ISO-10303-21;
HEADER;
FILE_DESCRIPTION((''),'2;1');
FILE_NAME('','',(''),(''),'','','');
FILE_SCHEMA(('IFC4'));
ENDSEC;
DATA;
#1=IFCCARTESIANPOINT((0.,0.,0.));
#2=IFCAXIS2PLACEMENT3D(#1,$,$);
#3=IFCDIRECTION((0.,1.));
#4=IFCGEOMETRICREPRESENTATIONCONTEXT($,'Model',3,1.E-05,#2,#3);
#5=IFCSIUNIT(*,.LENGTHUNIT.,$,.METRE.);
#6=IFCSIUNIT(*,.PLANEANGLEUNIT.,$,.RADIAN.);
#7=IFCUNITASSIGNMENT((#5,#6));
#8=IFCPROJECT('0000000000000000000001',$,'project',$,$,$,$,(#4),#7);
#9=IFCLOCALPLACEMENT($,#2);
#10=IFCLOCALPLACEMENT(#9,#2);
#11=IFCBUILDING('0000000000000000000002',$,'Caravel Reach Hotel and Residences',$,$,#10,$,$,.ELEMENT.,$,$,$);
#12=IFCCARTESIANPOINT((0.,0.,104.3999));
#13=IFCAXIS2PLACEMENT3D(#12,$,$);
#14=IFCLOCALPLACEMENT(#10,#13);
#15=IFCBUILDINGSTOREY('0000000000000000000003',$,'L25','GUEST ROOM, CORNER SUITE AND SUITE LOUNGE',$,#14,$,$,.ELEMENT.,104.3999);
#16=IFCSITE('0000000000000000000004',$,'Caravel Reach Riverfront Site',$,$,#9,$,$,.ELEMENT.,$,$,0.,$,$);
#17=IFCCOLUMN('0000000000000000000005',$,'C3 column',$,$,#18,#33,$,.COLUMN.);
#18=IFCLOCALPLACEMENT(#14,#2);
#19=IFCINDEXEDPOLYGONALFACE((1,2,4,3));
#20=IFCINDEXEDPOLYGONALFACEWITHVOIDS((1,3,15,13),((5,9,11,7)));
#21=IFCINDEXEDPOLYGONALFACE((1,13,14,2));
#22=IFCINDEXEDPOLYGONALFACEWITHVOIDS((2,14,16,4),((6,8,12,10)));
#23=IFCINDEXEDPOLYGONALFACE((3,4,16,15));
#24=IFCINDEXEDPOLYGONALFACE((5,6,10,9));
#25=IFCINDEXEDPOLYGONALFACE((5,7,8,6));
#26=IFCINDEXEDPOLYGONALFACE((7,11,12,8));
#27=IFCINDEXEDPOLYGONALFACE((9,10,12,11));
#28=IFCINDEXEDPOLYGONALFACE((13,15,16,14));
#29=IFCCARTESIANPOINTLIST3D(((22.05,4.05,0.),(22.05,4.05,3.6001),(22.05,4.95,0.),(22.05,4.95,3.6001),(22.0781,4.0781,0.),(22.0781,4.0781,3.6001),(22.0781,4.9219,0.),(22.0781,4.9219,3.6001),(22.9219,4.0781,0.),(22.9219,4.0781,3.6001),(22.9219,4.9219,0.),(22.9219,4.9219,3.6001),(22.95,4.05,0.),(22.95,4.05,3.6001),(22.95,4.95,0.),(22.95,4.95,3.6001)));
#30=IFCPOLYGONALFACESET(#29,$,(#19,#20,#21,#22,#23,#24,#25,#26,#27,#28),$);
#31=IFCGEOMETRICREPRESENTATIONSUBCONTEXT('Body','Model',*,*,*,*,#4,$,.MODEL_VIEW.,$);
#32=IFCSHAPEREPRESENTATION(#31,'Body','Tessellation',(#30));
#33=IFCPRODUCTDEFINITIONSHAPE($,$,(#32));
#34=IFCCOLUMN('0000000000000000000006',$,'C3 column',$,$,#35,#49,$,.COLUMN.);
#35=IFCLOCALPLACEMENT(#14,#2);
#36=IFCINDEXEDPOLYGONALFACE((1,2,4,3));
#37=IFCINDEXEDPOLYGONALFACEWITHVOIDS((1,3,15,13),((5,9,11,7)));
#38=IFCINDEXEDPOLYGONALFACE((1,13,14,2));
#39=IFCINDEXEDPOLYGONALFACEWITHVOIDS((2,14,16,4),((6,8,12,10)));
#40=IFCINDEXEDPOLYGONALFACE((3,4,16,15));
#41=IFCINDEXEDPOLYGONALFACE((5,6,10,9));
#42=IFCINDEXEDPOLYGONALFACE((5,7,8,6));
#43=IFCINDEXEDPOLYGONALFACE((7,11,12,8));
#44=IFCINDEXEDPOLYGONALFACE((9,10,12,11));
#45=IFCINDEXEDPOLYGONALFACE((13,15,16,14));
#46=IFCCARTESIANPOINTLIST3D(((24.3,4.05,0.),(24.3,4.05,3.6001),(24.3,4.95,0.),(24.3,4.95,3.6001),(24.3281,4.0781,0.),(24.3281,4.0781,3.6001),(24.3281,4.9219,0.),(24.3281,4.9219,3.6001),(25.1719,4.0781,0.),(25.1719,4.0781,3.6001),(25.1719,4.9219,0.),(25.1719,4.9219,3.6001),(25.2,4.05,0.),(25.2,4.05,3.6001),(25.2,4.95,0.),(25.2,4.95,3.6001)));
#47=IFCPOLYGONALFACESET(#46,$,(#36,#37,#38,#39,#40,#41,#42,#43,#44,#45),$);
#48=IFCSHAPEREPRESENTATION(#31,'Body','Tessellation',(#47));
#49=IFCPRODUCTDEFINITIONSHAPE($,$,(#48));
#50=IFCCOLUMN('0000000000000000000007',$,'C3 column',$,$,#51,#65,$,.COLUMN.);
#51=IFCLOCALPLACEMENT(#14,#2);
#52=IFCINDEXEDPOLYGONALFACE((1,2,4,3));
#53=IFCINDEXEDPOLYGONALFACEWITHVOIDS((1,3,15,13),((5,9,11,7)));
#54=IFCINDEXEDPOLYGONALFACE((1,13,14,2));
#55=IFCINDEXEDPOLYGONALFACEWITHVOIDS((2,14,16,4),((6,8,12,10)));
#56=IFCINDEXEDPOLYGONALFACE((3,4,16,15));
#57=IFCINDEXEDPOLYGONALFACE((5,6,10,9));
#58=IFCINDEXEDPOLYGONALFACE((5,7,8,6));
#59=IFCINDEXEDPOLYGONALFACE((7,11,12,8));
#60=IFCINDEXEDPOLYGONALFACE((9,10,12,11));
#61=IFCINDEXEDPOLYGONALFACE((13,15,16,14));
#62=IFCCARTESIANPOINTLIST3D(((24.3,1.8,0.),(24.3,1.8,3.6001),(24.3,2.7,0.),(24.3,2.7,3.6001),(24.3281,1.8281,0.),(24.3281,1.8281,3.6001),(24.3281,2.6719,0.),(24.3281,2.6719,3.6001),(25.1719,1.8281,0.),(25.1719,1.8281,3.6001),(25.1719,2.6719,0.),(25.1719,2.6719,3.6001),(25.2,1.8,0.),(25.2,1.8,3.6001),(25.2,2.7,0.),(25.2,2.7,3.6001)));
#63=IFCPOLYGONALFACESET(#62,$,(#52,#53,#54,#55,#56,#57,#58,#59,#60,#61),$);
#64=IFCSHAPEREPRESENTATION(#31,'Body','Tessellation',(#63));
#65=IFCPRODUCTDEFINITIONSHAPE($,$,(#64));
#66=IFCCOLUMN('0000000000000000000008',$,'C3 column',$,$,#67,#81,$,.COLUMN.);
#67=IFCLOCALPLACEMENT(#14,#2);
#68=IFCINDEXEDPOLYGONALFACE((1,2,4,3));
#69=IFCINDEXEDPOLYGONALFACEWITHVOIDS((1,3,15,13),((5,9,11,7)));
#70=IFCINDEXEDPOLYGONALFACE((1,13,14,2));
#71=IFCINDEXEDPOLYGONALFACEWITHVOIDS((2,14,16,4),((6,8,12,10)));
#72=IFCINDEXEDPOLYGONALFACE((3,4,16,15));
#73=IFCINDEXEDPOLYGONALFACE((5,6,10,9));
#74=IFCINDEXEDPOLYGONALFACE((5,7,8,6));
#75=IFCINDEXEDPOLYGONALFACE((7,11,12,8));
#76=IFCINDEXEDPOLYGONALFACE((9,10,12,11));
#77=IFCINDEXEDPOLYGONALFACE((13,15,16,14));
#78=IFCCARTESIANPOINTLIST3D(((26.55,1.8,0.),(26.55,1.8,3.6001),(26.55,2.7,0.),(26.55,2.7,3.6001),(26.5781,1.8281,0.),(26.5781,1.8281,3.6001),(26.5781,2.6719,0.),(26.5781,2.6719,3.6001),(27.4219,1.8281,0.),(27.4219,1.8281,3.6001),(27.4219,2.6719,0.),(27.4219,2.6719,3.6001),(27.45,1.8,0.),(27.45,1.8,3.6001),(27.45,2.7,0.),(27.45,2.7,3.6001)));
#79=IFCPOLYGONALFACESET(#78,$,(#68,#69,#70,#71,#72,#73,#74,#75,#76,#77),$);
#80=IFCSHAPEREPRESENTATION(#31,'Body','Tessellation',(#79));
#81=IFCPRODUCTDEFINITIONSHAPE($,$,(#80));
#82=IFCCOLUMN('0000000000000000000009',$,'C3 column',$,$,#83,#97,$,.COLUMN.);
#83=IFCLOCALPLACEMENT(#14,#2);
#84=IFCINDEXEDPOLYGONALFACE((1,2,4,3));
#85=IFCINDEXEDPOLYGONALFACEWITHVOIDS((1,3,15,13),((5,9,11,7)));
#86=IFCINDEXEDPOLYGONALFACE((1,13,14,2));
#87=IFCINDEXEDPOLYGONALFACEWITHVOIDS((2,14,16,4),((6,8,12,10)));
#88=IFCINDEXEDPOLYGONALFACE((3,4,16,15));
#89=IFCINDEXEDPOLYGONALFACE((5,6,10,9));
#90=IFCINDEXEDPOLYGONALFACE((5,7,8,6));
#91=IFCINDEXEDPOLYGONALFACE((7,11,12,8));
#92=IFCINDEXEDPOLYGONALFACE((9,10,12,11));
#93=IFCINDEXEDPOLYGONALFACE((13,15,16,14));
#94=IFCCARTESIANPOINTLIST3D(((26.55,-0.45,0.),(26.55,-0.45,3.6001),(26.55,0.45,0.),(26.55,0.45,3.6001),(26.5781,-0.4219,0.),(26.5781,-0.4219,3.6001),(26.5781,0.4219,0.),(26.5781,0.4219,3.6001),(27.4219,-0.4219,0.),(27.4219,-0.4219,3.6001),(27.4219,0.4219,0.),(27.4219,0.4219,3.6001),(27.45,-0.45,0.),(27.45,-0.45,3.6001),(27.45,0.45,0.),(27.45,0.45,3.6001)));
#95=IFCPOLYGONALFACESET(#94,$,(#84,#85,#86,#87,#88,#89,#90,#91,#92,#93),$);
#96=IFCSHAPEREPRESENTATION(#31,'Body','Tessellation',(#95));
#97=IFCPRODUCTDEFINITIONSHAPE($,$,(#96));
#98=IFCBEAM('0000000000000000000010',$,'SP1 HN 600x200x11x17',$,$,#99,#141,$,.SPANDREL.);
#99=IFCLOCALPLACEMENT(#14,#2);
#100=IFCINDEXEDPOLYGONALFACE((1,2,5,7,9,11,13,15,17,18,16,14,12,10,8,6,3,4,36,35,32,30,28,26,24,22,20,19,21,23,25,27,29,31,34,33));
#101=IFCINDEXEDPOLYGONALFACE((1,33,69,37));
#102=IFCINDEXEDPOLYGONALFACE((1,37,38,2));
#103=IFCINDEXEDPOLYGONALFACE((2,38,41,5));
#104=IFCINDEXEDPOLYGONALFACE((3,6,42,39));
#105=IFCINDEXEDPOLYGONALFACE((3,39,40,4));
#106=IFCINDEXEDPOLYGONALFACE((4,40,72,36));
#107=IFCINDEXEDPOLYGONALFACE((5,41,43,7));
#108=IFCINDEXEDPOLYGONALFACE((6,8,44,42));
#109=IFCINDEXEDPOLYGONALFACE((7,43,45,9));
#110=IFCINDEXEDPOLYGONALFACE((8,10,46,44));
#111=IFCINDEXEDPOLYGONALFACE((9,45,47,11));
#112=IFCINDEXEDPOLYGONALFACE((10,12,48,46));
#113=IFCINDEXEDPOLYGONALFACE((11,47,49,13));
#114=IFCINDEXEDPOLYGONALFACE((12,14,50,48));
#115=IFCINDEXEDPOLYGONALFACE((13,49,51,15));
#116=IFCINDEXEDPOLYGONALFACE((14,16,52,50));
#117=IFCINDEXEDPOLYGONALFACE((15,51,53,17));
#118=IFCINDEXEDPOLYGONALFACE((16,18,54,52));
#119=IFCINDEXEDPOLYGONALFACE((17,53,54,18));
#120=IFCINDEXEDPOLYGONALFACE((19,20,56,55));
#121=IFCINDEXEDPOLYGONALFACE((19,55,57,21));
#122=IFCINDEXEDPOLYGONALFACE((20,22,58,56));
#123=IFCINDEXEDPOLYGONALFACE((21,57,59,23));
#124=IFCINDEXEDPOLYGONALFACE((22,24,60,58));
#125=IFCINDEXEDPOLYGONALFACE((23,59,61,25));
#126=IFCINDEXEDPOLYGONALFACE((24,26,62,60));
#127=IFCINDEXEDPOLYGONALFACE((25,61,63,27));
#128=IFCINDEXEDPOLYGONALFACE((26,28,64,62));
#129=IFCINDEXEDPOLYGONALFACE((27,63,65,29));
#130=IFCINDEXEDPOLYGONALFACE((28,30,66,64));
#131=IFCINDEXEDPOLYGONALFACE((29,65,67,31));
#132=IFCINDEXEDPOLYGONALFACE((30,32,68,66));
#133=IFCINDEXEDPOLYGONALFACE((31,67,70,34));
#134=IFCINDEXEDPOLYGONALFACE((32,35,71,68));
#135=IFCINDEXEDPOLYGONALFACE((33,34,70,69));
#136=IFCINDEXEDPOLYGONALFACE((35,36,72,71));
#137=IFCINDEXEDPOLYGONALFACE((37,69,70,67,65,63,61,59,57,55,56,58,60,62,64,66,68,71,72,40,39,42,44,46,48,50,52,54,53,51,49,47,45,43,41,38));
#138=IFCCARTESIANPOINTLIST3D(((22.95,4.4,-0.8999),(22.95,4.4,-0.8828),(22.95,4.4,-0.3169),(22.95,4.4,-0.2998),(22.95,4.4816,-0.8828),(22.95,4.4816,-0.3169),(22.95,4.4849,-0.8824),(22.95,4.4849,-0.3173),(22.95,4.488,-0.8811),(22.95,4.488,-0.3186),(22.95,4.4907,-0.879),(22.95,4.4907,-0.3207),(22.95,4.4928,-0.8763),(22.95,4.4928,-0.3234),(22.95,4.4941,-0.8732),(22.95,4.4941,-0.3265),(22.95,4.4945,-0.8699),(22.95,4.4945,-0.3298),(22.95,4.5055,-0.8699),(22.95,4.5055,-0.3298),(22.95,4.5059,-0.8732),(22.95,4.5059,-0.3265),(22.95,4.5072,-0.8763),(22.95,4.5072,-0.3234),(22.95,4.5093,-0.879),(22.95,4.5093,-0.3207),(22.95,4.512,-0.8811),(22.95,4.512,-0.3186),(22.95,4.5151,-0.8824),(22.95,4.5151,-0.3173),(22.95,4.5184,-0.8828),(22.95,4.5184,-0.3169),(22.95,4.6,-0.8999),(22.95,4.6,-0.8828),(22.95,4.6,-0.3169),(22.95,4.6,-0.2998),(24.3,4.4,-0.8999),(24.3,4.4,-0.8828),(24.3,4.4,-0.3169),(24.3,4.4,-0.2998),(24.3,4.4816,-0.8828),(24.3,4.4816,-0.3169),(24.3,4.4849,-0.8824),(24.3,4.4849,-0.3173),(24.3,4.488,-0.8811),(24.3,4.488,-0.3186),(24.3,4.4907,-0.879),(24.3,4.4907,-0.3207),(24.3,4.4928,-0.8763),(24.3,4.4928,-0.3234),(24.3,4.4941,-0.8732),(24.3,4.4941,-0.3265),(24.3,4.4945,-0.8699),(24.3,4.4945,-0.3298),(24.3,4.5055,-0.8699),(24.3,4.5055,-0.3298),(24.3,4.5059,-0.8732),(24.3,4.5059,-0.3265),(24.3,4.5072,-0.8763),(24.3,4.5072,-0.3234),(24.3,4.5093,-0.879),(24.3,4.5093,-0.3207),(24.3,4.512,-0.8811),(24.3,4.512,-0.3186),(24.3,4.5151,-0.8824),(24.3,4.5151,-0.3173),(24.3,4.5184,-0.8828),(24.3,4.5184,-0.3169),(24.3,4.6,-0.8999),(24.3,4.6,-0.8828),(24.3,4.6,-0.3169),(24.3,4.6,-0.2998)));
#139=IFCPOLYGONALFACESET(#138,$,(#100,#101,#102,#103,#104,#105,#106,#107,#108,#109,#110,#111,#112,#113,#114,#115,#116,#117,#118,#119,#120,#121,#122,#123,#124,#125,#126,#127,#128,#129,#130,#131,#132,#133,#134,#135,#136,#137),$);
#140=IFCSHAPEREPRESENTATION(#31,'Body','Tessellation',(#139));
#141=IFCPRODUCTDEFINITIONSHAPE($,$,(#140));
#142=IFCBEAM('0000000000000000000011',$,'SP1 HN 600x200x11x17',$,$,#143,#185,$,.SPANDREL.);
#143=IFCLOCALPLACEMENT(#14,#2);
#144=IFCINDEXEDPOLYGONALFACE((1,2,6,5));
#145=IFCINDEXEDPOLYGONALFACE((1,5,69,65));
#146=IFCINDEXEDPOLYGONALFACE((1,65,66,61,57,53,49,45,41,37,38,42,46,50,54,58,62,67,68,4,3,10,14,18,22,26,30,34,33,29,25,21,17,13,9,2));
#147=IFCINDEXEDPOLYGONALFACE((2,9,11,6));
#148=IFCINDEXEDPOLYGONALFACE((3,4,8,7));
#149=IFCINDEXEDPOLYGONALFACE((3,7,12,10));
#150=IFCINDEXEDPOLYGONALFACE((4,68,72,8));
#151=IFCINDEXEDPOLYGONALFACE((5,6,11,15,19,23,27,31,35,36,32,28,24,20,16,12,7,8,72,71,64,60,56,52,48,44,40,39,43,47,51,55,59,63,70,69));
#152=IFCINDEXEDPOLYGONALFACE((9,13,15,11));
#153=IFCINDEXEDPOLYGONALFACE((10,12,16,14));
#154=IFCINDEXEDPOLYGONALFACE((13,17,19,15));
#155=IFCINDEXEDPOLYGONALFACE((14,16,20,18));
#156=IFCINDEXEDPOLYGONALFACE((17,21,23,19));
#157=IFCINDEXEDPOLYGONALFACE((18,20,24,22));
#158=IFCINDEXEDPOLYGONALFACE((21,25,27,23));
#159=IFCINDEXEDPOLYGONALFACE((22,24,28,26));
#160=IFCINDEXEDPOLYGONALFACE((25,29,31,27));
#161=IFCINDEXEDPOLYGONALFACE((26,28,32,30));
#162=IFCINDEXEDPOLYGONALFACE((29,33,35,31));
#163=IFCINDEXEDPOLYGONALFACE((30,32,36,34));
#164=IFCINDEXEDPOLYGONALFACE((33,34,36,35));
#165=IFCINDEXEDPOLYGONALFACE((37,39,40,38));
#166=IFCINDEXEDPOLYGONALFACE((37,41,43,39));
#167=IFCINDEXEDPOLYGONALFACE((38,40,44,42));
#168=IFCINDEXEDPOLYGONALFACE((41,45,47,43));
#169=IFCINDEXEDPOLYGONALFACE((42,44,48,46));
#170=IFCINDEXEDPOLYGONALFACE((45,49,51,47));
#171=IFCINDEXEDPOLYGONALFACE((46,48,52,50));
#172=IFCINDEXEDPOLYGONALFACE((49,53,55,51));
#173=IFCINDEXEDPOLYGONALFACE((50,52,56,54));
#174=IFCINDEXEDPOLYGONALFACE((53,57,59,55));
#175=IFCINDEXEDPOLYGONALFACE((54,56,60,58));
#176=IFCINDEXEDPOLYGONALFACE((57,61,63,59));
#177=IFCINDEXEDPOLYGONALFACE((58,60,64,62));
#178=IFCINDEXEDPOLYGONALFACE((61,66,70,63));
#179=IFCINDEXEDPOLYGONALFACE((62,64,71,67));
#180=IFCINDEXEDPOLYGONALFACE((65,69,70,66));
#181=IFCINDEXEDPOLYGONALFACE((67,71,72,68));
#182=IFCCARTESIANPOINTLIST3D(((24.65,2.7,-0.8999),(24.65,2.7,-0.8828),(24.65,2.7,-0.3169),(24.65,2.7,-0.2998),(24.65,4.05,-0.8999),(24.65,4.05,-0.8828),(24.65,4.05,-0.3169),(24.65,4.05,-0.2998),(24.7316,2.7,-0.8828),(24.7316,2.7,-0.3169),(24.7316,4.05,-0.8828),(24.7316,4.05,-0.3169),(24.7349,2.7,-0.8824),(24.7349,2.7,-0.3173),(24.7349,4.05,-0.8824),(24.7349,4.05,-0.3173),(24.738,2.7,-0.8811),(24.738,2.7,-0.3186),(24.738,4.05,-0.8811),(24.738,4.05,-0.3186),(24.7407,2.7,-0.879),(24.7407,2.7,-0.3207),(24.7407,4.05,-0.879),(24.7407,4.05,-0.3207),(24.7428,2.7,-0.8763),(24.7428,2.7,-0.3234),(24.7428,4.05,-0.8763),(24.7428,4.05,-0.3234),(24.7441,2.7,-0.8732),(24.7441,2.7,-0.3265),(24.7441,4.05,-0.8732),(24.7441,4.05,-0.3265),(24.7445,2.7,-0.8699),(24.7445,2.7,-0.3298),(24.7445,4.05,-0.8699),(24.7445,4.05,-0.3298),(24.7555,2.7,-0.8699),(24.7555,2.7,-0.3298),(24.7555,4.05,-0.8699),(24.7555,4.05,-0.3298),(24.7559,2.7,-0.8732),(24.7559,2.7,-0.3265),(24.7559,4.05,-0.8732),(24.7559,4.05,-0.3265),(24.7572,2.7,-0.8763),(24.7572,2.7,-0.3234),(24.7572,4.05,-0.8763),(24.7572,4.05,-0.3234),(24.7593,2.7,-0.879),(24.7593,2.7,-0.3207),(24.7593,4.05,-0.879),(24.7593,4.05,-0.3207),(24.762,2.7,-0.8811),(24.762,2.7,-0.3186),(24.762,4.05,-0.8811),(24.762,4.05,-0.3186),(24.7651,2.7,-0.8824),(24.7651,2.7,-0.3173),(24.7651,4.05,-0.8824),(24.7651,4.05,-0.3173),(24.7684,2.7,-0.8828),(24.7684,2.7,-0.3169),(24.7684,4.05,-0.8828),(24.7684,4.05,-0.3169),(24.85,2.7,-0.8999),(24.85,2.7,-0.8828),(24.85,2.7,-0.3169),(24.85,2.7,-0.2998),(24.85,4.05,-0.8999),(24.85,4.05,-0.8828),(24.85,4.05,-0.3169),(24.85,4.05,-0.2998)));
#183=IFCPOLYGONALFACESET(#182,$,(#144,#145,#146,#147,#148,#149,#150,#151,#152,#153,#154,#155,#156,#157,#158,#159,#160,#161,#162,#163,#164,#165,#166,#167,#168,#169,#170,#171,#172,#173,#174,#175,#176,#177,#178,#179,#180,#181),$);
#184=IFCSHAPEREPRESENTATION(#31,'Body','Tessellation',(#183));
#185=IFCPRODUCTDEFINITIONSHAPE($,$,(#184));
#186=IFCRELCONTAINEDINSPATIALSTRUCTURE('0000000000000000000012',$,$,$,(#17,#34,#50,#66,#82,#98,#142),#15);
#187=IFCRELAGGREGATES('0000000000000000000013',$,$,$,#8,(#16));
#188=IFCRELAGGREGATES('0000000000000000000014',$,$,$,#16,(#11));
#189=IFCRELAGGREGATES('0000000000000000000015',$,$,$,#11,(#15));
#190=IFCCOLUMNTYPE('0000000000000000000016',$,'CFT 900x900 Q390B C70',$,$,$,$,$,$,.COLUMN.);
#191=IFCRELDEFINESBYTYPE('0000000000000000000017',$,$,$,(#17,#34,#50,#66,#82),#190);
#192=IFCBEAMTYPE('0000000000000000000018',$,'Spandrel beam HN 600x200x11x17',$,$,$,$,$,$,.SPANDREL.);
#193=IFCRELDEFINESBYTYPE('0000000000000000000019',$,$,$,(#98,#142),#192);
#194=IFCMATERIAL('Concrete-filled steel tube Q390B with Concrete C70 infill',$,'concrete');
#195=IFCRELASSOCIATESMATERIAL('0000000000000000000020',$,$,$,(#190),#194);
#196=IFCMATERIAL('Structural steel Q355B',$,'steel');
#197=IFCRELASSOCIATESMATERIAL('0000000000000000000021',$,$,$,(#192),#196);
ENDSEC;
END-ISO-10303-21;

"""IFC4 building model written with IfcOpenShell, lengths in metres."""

from ifc_helpers import new_model, si_unit, direction, frame, origin, origin_2d, place, context, subcontext, project, spatial, hollow_rectangle, i_section, extrude, material, material_profile, profile_set, type_object, element, save


model = new_model("IFC4")

# Units and contexts
model_context = context("Model", 3, precision=1e-05, world=origin(), true_north=direction((0.0, 1.0)))
body_context = subcontext(model_context, "Body", "Model", "MODEL_VIEW")
ifc_project = project(units=[si_unit("LENGTHUNIT", "METRE"), si_unit("PLANEANGLEUNIT", "RADIAN")], contexts=[model_context])

# Site, building, storey
site_placement = place(None, origin())
site = spatial("IfcSite", under=ifc_project, at=site_placement, Name="Caravel Reach Riverfront Site", CompositionType="ELEMENT", RefElevation=0.0)
building_placement = place(site_placement, origin())
building = spatial("IfcBuilding", under=site, at=building_placement, Name="Caravel Reach Hotel and Residences", CompositionType="ELEMENT")
storey_placement = place(building_placement, frame((0.0, 0.0, 104.3999)))
storey = spatial("IfcBuildingStorey", under=building, at=storey_placement, Name="L25", Description="GUEST ROOM, CORNER SUITE AND SUITE LOUNGE", CompositionType="ELEMENT", Elevation=104.3999)

# Columns
ifc_material_1 = material(Name="Concrete-filled steel tube Q390B with Concrete C70 infill", Category="concrete")
ifc_material_profile_1 = material_profile(ifc_material_1, hollow_rectangle(XDim=0.8999, YDim=0.8999, WallThickness=0.0281, at=origin_2d()), Name="RHS 900x900x28")
ifc_profile_set_1 = profile_set([ifc_material_profile_1], Name="Concrete-filled steel tube Q390B with Concrete C70 infill")
column_type = type_object("IfcColumnType", Name="CFT 900x900 Q390B C70", PredefinedType="COLUMN", material=ifc_profile_set_1)
for number, where, z_axis, x_axis, name in (
    (1, (22.5, 4.5, 0.0), (0.0, 0.0, 1.0), (1.0, 0.0, 0.0), "C3 column"),
    (2, (24.75, 4.5, 0.0), (0.0, 0.0, 1.0), (1.0, 0.0, 0.0), "C3 column"),
    (3, (24.75, 2.25, 0.0), (0.0, 0.0, 1.0), (1.0, 0.0, 0.0), "C3 column"),
    (4, (27.0, 2.25, 0.0), (0.0, 0.0, 1.0), (1.0, 0.0, 0.0), "C3 column"),
    (5, (27.0, 0.0, 0.0), (0.0, 0.0, 1.0), (1.0, 0.0, 0.0), "C3 column"),
):
    element("IfcColumn", number, at=place(storey_placement, frame(where, z_axis=z_axis, x_axis=x_axis)), inside=storey, type_object=column_type, Name=name, PredefinedType="COLUMN", context=body_context, shape_type="SweptSolid", body=[
        extrude(hollow_rectangle(XDim=0.8999, YDim=0.8999, WallThickness=0.0281, at=origin_2d()), origin(), (0.0, 0.0, 1.0), 3.6001),
    ])

# Beams
ifc_material_2 = material(Name="Structural steel Q355B", Category="steel")
ifc_material_profile_2 = material_profile(ifc_material_2, i_section(OverallWidth=0.2, OverallDepth=0.6001, WebThickness=0.011, FlangeThickness=0.0171, FilletRadius=0.0129, at=origin_2d()), Name="HN 600x200x11x17")
ifc_profile_set_2 = profile_set([ifc_material_profile_2], Name="Structural steel Q355B")
beam_type = type_object("IfcBeamType", Name="Spandrel beam HN 600x200x11x17", PredefinedType="SPANDREL", material=ifc_profile_set_2)
for number, where, z_axis, x_axis, name in (
    (6, (22.95, 4.5, -0.5999), (1.0, 0.0, 0.0), (0.0, 1.0, 0.0), "SP1 HN 600x200x11x17"),
    (7, (24.75, 4.05, -0.5999), (0.0, -1.0, 0.0), (1.0, 0.0, 0.0), "SP1 HN 600x200x11x17"),
):
    element("IfcBeam", number, at=place(storey_placement, frame(where, z_axis=z_axis, x_axis=x_axis)), inside=storey, type_object=beam_type, Name=name, PredefinedType="SPANDREL", context=body_context, shape_type="SweptSolid", body=[
        extrude(i_section(OverallWidth=0.2, OverallDepth=0.6001, WebThickness=0.011, FlangeThickness=0.0171, FilletRadius=0.0129, at=origin_2d()), origin(), (0.0, 0.0, 1.0), 1.3501),
    ])

save(model, "model.ifc")
